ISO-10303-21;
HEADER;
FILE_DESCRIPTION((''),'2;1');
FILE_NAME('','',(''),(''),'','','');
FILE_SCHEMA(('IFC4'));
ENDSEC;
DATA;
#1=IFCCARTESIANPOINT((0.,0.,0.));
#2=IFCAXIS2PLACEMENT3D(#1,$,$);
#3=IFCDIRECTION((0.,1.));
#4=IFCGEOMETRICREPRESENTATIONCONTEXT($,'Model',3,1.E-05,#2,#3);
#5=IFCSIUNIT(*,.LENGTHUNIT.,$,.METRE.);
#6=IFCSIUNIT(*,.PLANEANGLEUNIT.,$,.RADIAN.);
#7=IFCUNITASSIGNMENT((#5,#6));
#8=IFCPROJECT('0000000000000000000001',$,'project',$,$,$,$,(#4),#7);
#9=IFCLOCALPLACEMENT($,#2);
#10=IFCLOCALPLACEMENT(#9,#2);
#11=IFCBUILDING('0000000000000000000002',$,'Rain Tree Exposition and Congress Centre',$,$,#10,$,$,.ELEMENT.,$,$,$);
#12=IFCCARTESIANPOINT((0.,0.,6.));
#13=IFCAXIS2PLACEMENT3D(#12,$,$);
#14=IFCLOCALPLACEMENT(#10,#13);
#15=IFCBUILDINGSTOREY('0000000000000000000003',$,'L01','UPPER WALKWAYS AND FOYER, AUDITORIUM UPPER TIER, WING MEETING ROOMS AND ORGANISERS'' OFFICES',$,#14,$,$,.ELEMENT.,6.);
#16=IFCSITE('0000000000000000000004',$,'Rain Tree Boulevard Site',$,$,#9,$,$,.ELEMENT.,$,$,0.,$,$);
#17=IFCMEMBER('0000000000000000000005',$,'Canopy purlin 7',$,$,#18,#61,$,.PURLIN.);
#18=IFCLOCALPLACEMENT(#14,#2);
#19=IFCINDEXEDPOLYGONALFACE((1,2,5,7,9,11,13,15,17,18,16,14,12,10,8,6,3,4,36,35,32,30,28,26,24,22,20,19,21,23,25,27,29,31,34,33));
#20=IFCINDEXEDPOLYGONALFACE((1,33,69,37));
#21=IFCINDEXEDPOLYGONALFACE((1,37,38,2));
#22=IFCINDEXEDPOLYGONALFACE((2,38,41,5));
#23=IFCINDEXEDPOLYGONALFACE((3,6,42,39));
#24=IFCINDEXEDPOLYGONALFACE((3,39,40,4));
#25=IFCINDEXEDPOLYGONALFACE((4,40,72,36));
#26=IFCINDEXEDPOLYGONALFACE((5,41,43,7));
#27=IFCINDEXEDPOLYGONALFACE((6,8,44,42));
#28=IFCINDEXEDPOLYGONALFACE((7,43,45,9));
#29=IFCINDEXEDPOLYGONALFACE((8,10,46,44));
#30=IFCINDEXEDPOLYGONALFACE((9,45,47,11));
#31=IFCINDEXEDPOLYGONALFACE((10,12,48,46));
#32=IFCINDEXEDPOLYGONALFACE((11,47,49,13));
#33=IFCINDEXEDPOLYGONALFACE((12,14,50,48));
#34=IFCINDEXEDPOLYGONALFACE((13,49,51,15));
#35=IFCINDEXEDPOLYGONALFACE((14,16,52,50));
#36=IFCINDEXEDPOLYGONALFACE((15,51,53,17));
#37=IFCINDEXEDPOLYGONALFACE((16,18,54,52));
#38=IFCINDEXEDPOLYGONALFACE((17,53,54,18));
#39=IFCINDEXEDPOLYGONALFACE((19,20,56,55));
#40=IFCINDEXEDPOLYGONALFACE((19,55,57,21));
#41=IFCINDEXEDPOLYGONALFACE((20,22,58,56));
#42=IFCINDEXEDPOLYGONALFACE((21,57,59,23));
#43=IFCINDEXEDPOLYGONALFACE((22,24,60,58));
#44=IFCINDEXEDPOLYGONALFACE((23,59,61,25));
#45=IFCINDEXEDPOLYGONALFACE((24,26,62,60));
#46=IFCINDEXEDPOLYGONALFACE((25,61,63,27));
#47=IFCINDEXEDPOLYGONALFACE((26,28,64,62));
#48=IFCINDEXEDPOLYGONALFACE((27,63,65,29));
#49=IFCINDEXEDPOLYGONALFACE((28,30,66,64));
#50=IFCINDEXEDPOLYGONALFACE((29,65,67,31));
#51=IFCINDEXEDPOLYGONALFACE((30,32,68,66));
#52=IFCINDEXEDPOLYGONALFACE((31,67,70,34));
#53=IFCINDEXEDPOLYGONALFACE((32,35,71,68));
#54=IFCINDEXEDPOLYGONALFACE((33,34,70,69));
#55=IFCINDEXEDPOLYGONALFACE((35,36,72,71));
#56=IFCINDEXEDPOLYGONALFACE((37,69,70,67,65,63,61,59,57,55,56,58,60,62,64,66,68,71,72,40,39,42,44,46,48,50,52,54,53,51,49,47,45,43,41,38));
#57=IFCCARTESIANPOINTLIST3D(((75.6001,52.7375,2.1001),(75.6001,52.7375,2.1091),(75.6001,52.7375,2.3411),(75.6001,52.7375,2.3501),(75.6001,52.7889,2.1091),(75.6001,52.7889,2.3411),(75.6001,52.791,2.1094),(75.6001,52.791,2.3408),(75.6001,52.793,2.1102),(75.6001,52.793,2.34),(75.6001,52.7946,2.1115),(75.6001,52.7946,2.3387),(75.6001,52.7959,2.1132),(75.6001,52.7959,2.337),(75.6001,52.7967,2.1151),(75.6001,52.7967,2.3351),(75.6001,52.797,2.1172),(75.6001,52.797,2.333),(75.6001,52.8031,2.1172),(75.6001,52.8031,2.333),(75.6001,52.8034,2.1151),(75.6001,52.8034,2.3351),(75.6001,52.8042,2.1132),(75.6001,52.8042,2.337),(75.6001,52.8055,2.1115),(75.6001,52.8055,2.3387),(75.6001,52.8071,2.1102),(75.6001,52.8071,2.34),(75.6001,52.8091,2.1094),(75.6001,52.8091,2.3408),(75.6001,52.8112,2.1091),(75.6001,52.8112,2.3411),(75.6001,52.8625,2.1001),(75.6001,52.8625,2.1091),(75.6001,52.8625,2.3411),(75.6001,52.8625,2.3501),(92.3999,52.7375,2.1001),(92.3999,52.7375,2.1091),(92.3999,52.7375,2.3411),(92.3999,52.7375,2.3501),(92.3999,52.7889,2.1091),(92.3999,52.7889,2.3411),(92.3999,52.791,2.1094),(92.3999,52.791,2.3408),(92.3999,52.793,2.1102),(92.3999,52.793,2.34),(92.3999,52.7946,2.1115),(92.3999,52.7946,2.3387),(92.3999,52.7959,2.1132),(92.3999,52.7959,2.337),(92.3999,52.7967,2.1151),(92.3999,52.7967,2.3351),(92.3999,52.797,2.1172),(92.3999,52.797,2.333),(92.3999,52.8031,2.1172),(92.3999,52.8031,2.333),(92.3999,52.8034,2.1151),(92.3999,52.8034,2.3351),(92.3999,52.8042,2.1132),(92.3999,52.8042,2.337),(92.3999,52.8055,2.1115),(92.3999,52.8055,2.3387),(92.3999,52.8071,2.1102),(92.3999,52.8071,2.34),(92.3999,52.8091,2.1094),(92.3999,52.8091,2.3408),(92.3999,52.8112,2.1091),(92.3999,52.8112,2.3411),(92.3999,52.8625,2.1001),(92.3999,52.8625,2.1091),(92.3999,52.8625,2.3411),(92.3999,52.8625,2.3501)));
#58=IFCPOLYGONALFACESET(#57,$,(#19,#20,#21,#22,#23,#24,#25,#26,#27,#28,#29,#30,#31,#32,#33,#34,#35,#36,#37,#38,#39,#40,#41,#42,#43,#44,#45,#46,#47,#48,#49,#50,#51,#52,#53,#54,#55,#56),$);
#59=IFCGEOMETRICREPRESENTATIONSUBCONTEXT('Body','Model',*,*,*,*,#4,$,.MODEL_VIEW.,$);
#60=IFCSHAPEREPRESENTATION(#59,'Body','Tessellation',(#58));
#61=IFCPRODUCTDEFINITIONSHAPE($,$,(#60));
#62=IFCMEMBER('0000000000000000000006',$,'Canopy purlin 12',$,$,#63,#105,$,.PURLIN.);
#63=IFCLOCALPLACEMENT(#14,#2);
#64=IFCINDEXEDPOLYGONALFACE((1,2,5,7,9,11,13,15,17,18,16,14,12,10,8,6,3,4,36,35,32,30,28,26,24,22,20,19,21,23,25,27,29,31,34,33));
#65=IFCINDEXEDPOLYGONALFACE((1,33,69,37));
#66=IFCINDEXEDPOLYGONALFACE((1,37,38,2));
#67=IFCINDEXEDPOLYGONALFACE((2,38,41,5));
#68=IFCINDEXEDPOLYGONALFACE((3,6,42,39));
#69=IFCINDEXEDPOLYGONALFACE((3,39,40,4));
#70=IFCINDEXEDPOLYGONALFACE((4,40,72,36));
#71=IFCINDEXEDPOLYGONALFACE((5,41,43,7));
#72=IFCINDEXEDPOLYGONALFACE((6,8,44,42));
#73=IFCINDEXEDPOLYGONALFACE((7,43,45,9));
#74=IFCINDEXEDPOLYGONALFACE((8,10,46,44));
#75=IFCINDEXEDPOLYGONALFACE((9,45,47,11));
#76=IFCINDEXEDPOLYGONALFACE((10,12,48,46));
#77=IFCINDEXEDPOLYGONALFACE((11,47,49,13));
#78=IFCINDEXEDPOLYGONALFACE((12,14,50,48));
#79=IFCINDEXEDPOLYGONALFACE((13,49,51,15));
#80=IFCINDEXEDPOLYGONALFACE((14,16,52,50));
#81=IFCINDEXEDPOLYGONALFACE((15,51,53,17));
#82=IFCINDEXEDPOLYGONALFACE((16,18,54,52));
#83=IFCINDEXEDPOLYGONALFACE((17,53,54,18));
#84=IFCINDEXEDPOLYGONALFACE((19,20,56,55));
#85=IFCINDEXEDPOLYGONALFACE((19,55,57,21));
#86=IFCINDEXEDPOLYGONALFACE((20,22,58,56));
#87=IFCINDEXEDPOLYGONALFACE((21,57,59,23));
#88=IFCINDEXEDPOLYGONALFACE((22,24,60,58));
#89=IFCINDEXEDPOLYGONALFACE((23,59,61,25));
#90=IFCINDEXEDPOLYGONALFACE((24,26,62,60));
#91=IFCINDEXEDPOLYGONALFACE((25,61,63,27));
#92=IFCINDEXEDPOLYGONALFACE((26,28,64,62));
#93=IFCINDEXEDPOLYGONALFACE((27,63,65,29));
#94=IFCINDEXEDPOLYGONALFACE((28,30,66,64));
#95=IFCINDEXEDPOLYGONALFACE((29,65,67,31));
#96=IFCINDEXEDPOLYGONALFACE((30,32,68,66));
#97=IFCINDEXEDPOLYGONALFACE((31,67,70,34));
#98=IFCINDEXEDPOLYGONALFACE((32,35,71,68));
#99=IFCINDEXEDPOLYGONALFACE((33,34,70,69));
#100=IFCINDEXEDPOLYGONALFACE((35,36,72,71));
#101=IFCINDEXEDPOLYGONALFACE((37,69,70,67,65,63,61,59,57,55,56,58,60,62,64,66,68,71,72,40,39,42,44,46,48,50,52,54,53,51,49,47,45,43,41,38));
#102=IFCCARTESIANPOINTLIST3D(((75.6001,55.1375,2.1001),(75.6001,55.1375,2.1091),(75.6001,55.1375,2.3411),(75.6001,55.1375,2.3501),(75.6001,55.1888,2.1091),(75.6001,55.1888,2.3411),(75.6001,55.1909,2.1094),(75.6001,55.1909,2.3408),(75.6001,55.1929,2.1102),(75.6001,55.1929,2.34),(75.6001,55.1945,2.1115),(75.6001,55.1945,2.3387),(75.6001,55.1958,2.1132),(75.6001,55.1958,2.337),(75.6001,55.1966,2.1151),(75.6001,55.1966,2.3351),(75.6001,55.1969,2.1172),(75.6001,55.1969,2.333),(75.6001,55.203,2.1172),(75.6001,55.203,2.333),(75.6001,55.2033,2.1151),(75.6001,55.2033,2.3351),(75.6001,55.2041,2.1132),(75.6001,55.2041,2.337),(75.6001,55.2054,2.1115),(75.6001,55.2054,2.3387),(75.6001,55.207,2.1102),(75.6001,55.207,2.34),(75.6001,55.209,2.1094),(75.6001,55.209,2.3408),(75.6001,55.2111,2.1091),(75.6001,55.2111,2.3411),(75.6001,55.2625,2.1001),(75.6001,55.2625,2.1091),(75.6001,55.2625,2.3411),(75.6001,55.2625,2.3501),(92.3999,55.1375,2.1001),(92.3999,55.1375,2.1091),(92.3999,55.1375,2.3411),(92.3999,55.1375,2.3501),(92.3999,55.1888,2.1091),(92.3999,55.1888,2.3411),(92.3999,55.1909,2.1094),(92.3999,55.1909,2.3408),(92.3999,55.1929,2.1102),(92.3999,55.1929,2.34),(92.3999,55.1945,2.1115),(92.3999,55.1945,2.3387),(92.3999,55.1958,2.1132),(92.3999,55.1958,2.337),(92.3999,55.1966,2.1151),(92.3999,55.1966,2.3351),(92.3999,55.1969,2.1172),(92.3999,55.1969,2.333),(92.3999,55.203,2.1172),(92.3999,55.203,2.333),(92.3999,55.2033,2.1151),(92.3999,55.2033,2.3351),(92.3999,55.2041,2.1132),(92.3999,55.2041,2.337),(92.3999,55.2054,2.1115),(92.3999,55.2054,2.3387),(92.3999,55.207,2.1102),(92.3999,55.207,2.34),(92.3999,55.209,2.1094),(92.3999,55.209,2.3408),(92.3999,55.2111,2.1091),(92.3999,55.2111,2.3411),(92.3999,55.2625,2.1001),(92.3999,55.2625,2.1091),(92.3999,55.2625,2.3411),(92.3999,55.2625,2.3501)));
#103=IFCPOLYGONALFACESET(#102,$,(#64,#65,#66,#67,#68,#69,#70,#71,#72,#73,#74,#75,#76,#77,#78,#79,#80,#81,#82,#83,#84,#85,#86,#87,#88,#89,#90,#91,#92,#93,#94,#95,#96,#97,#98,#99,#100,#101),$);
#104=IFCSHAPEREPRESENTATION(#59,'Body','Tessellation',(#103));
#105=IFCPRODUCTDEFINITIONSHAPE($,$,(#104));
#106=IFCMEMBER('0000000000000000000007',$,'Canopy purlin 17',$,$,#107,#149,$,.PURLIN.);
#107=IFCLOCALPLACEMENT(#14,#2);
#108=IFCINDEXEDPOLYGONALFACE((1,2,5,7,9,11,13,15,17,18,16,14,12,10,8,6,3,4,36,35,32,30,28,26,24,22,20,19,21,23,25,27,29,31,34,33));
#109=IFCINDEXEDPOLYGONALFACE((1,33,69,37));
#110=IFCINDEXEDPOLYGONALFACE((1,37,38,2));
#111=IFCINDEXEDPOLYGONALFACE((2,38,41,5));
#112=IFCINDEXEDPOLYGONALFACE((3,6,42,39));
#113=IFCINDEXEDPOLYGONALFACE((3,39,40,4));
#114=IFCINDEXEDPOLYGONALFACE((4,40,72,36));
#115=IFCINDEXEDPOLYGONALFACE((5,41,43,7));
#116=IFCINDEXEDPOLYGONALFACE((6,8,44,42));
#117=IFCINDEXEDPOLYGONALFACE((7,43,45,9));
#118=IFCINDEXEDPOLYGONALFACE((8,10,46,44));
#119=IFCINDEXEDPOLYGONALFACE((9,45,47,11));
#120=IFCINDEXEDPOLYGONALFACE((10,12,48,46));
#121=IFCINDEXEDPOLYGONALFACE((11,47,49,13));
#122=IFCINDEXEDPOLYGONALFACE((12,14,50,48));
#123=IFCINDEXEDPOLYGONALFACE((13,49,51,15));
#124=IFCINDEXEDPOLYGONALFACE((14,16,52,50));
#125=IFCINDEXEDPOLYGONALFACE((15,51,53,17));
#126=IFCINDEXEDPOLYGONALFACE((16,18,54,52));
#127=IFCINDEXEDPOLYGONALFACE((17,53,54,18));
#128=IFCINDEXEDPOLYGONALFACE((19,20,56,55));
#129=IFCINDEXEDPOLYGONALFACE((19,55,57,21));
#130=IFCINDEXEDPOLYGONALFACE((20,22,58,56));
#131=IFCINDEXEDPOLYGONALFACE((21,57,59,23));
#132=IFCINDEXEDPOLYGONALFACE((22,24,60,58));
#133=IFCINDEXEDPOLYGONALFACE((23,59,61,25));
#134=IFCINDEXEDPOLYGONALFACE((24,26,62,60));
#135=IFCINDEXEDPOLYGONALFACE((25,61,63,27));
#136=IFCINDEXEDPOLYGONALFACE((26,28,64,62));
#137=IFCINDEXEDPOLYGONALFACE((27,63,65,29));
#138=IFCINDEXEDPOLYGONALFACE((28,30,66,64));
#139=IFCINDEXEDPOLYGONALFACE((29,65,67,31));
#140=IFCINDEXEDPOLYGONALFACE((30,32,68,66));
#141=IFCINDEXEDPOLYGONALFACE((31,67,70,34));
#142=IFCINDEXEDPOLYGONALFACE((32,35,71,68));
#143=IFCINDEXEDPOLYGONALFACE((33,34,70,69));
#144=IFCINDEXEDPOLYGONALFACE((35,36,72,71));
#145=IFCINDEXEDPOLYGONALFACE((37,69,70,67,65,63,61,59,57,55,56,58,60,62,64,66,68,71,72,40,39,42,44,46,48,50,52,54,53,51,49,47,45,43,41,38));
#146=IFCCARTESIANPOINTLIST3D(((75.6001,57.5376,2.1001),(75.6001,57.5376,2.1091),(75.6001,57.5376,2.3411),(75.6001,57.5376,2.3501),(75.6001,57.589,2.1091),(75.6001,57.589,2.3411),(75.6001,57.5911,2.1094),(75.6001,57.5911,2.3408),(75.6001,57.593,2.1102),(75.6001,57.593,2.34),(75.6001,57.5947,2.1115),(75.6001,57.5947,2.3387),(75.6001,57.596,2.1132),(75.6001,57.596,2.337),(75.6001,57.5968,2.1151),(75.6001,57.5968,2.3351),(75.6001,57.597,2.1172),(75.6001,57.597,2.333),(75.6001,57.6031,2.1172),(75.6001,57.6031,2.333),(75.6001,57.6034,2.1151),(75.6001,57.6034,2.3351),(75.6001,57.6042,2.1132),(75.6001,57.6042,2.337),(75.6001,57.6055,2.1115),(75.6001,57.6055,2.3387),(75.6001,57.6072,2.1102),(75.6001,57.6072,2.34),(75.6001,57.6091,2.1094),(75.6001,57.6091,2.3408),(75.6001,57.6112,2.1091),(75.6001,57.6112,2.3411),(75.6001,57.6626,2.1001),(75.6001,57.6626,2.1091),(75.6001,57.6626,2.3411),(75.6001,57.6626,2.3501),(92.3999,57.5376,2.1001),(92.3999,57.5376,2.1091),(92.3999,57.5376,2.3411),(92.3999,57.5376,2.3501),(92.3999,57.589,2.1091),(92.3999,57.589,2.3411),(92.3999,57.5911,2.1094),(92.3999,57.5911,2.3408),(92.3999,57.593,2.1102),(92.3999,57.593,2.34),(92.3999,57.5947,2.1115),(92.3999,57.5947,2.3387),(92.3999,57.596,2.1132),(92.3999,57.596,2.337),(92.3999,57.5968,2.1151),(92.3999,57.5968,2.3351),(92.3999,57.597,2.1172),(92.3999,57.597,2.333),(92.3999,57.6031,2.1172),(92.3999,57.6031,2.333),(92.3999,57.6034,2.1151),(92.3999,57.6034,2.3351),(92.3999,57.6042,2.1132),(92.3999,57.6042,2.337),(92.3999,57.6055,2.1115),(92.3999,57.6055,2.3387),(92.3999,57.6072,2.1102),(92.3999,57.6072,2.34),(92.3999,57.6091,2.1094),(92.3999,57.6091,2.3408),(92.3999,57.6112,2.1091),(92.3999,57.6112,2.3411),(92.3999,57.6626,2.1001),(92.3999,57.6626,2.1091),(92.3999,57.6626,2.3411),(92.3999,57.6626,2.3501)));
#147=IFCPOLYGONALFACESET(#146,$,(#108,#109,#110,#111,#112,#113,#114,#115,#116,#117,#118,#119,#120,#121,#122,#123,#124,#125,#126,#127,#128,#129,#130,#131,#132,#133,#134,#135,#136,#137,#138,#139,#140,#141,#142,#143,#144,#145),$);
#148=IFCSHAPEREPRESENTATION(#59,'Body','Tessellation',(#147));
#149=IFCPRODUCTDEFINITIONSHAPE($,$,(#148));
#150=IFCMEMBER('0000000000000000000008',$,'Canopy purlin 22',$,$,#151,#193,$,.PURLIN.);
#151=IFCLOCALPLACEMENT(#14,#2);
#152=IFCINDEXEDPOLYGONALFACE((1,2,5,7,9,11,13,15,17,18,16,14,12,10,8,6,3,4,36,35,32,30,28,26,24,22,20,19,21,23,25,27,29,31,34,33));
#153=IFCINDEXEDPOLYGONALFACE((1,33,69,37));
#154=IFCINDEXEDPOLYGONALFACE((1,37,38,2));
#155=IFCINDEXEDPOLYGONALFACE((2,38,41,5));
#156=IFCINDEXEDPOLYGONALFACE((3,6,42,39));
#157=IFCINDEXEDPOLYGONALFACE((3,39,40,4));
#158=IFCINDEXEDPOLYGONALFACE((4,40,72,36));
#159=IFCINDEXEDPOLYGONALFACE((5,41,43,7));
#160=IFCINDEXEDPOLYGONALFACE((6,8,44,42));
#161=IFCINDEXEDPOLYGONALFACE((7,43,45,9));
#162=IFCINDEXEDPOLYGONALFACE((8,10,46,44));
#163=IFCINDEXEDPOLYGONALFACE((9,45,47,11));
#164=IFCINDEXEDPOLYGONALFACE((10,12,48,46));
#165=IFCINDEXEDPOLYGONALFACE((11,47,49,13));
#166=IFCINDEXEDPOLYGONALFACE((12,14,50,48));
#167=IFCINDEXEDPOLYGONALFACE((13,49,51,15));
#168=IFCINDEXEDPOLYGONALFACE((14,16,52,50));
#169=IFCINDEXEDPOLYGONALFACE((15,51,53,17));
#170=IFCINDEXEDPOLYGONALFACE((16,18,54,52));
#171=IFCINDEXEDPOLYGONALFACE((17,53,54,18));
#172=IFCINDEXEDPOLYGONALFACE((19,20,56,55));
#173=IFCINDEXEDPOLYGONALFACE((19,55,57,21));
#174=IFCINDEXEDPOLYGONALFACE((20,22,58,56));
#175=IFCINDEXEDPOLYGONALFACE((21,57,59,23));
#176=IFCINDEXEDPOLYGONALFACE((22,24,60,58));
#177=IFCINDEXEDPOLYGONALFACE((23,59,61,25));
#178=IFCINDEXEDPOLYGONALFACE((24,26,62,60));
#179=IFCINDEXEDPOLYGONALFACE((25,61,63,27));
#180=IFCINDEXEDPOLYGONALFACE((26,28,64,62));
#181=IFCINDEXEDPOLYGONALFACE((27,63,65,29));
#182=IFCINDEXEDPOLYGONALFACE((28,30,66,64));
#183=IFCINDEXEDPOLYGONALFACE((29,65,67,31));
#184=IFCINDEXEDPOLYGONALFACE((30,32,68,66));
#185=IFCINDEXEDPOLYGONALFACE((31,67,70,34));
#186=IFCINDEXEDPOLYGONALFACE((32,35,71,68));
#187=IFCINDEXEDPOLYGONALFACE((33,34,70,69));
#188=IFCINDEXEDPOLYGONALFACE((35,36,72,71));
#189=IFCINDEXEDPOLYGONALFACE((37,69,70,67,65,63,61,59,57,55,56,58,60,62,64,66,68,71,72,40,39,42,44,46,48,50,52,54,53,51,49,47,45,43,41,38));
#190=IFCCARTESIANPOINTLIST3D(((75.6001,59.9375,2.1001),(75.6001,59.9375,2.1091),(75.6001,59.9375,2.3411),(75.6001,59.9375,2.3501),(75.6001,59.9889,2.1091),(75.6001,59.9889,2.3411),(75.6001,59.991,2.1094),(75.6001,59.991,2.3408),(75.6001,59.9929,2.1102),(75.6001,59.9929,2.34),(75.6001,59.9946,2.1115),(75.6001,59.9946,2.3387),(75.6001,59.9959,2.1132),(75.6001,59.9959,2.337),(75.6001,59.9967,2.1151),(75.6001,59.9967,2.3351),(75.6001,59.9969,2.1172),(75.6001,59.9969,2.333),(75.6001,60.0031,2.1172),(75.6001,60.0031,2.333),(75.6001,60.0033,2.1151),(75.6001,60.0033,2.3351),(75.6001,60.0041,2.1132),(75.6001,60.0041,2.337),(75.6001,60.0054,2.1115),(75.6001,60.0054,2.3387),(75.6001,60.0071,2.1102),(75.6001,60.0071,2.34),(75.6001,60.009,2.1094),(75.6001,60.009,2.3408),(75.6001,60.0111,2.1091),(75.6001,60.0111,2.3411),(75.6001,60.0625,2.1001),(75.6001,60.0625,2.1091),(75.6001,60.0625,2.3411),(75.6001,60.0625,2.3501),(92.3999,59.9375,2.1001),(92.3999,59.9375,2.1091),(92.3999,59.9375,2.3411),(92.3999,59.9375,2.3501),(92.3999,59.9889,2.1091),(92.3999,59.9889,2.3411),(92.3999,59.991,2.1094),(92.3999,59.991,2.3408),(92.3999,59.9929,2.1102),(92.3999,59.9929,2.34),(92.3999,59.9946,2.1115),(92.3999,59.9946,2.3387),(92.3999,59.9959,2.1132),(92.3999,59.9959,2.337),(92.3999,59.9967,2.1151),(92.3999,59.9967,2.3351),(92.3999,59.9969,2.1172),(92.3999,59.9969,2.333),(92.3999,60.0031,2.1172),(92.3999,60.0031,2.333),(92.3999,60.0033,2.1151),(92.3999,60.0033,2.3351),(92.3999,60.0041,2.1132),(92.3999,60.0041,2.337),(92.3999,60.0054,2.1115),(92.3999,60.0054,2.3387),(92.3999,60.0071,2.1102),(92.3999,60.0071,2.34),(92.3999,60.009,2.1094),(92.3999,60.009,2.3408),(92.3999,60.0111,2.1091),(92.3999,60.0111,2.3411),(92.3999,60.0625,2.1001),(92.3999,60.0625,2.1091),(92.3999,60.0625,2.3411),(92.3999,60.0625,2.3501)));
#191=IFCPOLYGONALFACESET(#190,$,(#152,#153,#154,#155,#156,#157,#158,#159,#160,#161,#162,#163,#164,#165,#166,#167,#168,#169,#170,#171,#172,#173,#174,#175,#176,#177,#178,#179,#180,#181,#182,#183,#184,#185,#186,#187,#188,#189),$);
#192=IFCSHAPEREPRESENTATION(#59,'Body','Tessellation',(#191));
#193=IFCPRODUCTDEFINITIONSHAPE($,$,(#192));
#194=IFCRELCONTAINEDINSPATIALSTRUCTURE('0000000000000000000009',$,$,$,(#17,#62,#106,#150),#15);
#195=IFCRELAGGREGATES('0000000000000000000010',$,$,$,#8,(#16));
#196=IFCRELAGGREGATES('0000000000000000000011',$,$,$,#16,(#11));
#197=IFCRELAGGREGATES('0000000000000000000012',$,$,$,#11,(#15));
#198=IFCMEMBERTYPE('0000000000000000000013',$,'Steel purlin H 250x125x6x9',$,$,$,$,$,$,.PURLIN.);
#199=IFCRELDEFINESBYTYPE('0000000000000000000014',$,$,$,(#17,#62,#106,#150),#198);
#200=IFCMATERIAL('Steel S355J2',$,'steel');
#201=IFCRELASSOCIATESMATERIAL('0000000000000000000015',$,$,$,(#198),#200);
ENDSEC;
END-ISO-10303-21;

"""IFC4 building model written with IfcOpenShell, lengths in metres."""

from ifc_helpers import new_model, si_unit, direction, frame, origin, origin_2d, place, context, subcontext, project, spatial, i_section, extrude, material, material_profile, profile_set, type_object, element, save


model = new_model("IFC4")

# Units and contexts
model_context = context("Model", 3, precision=1e-05, world=origin(), true_north=direction((0.0, 1.0)))
body_context = subcontext(model_context, "Body", "Model", "MODEL_VIEW")
ifc_project = project(units=[si_unit("LENGTHUNIT", "METRE"), si_unit("PLANEANGLEUNIT", "RADIAN")], contexts=[model_context])

# Site, building, storey
site_placement = place(None, origin())
site = spatial("IfcSite", under=ifc_project, at=site_placement, Name="Rain Tree Boulevard Site", CompositionType="ELEMENT", RefElevation=0.0)
building_placement = place(site_placement, origin())
building = spatial("IfcBuilding", under=site, at=building_placement, Name="Rain Tree Exposition and Congress Centre", CompositionType="ELEMENT")
storey_placement = place(building_placement, frame((0.0, 0.0, 6.0)))
storey = spatial("IfcBuildingStorey", under=building, at=storey_placement, Name="L01", Description="UPPER WALKWAYS AND FOYER, AUDITORIUM UPPER TIER, WING MEETING ROOMS AND ORGANISERS' OFFICES", CompositionType="ELEMENT", Elevation=6.0)

# Members
ifc_material_1 = material(Name="Steel S355J2", Category="steel")
ifc_material_profile = material_profile(ifc_material_1, i_section(OverallWidth=0.125, OverallDepth=0.25, WebThickness=0.0061, FlangeThickness=0.009, FilletRadius=0.0081, at=origin_2d()), Name="H 250x125x6x9")
ifc_profile_set = profile_set([ifc_material_profile], Name="Steel S355J2")
member_type = type_object("IfcMemberType", Name="Steel purlin H 250x125x6x9", PredefinedType="PURLIN", material=ifc_profile_set)
for number, where, z_axis, x_axis, name in (
    (1, (75.6001, 52.8, 2.2251), (1.0, 0.0, 0.0), (0.0, 1.0, 0.0), "Canopy purlin 7"),
    (2, (75.6001, 55.2, 2.2251), (1.0, 0.0, 0.0), (0.0, 1.0, 0.0), "Canopy purlin 12"),
    (3, (75.6001, 57.6001, 2.2251), (1.0, 0.0, 0.0), (0.0, 1.0, 0.0), "Canopy purlin 17"),
    (4, (75.6001, 60.0, 2.2251), (1.0, 0.0, 0.0), (0.0, 1.0, 0.0), "Canopy purlin 22"),
):
    element("IfcMember", number, at=place(storey_placement, frame(where, z_axis=z_axis, x_axis=x_axis)), inside=storey, type_object=member_type, Name=name, PredefinedType="PURLIN", context=body_context, shape_type="SweptSolid", body=[
        extrude(i_section(OverallWidth=0.125, OverallDepth=0.25, WebThickness=0.0061, FlangeThickness=0.009, FilletRadius=0.0081, at=origin_2d()), origin(), (0.0, 0.0, 1.0), 16.7998),
    ])

save(model, "model.ifc")
